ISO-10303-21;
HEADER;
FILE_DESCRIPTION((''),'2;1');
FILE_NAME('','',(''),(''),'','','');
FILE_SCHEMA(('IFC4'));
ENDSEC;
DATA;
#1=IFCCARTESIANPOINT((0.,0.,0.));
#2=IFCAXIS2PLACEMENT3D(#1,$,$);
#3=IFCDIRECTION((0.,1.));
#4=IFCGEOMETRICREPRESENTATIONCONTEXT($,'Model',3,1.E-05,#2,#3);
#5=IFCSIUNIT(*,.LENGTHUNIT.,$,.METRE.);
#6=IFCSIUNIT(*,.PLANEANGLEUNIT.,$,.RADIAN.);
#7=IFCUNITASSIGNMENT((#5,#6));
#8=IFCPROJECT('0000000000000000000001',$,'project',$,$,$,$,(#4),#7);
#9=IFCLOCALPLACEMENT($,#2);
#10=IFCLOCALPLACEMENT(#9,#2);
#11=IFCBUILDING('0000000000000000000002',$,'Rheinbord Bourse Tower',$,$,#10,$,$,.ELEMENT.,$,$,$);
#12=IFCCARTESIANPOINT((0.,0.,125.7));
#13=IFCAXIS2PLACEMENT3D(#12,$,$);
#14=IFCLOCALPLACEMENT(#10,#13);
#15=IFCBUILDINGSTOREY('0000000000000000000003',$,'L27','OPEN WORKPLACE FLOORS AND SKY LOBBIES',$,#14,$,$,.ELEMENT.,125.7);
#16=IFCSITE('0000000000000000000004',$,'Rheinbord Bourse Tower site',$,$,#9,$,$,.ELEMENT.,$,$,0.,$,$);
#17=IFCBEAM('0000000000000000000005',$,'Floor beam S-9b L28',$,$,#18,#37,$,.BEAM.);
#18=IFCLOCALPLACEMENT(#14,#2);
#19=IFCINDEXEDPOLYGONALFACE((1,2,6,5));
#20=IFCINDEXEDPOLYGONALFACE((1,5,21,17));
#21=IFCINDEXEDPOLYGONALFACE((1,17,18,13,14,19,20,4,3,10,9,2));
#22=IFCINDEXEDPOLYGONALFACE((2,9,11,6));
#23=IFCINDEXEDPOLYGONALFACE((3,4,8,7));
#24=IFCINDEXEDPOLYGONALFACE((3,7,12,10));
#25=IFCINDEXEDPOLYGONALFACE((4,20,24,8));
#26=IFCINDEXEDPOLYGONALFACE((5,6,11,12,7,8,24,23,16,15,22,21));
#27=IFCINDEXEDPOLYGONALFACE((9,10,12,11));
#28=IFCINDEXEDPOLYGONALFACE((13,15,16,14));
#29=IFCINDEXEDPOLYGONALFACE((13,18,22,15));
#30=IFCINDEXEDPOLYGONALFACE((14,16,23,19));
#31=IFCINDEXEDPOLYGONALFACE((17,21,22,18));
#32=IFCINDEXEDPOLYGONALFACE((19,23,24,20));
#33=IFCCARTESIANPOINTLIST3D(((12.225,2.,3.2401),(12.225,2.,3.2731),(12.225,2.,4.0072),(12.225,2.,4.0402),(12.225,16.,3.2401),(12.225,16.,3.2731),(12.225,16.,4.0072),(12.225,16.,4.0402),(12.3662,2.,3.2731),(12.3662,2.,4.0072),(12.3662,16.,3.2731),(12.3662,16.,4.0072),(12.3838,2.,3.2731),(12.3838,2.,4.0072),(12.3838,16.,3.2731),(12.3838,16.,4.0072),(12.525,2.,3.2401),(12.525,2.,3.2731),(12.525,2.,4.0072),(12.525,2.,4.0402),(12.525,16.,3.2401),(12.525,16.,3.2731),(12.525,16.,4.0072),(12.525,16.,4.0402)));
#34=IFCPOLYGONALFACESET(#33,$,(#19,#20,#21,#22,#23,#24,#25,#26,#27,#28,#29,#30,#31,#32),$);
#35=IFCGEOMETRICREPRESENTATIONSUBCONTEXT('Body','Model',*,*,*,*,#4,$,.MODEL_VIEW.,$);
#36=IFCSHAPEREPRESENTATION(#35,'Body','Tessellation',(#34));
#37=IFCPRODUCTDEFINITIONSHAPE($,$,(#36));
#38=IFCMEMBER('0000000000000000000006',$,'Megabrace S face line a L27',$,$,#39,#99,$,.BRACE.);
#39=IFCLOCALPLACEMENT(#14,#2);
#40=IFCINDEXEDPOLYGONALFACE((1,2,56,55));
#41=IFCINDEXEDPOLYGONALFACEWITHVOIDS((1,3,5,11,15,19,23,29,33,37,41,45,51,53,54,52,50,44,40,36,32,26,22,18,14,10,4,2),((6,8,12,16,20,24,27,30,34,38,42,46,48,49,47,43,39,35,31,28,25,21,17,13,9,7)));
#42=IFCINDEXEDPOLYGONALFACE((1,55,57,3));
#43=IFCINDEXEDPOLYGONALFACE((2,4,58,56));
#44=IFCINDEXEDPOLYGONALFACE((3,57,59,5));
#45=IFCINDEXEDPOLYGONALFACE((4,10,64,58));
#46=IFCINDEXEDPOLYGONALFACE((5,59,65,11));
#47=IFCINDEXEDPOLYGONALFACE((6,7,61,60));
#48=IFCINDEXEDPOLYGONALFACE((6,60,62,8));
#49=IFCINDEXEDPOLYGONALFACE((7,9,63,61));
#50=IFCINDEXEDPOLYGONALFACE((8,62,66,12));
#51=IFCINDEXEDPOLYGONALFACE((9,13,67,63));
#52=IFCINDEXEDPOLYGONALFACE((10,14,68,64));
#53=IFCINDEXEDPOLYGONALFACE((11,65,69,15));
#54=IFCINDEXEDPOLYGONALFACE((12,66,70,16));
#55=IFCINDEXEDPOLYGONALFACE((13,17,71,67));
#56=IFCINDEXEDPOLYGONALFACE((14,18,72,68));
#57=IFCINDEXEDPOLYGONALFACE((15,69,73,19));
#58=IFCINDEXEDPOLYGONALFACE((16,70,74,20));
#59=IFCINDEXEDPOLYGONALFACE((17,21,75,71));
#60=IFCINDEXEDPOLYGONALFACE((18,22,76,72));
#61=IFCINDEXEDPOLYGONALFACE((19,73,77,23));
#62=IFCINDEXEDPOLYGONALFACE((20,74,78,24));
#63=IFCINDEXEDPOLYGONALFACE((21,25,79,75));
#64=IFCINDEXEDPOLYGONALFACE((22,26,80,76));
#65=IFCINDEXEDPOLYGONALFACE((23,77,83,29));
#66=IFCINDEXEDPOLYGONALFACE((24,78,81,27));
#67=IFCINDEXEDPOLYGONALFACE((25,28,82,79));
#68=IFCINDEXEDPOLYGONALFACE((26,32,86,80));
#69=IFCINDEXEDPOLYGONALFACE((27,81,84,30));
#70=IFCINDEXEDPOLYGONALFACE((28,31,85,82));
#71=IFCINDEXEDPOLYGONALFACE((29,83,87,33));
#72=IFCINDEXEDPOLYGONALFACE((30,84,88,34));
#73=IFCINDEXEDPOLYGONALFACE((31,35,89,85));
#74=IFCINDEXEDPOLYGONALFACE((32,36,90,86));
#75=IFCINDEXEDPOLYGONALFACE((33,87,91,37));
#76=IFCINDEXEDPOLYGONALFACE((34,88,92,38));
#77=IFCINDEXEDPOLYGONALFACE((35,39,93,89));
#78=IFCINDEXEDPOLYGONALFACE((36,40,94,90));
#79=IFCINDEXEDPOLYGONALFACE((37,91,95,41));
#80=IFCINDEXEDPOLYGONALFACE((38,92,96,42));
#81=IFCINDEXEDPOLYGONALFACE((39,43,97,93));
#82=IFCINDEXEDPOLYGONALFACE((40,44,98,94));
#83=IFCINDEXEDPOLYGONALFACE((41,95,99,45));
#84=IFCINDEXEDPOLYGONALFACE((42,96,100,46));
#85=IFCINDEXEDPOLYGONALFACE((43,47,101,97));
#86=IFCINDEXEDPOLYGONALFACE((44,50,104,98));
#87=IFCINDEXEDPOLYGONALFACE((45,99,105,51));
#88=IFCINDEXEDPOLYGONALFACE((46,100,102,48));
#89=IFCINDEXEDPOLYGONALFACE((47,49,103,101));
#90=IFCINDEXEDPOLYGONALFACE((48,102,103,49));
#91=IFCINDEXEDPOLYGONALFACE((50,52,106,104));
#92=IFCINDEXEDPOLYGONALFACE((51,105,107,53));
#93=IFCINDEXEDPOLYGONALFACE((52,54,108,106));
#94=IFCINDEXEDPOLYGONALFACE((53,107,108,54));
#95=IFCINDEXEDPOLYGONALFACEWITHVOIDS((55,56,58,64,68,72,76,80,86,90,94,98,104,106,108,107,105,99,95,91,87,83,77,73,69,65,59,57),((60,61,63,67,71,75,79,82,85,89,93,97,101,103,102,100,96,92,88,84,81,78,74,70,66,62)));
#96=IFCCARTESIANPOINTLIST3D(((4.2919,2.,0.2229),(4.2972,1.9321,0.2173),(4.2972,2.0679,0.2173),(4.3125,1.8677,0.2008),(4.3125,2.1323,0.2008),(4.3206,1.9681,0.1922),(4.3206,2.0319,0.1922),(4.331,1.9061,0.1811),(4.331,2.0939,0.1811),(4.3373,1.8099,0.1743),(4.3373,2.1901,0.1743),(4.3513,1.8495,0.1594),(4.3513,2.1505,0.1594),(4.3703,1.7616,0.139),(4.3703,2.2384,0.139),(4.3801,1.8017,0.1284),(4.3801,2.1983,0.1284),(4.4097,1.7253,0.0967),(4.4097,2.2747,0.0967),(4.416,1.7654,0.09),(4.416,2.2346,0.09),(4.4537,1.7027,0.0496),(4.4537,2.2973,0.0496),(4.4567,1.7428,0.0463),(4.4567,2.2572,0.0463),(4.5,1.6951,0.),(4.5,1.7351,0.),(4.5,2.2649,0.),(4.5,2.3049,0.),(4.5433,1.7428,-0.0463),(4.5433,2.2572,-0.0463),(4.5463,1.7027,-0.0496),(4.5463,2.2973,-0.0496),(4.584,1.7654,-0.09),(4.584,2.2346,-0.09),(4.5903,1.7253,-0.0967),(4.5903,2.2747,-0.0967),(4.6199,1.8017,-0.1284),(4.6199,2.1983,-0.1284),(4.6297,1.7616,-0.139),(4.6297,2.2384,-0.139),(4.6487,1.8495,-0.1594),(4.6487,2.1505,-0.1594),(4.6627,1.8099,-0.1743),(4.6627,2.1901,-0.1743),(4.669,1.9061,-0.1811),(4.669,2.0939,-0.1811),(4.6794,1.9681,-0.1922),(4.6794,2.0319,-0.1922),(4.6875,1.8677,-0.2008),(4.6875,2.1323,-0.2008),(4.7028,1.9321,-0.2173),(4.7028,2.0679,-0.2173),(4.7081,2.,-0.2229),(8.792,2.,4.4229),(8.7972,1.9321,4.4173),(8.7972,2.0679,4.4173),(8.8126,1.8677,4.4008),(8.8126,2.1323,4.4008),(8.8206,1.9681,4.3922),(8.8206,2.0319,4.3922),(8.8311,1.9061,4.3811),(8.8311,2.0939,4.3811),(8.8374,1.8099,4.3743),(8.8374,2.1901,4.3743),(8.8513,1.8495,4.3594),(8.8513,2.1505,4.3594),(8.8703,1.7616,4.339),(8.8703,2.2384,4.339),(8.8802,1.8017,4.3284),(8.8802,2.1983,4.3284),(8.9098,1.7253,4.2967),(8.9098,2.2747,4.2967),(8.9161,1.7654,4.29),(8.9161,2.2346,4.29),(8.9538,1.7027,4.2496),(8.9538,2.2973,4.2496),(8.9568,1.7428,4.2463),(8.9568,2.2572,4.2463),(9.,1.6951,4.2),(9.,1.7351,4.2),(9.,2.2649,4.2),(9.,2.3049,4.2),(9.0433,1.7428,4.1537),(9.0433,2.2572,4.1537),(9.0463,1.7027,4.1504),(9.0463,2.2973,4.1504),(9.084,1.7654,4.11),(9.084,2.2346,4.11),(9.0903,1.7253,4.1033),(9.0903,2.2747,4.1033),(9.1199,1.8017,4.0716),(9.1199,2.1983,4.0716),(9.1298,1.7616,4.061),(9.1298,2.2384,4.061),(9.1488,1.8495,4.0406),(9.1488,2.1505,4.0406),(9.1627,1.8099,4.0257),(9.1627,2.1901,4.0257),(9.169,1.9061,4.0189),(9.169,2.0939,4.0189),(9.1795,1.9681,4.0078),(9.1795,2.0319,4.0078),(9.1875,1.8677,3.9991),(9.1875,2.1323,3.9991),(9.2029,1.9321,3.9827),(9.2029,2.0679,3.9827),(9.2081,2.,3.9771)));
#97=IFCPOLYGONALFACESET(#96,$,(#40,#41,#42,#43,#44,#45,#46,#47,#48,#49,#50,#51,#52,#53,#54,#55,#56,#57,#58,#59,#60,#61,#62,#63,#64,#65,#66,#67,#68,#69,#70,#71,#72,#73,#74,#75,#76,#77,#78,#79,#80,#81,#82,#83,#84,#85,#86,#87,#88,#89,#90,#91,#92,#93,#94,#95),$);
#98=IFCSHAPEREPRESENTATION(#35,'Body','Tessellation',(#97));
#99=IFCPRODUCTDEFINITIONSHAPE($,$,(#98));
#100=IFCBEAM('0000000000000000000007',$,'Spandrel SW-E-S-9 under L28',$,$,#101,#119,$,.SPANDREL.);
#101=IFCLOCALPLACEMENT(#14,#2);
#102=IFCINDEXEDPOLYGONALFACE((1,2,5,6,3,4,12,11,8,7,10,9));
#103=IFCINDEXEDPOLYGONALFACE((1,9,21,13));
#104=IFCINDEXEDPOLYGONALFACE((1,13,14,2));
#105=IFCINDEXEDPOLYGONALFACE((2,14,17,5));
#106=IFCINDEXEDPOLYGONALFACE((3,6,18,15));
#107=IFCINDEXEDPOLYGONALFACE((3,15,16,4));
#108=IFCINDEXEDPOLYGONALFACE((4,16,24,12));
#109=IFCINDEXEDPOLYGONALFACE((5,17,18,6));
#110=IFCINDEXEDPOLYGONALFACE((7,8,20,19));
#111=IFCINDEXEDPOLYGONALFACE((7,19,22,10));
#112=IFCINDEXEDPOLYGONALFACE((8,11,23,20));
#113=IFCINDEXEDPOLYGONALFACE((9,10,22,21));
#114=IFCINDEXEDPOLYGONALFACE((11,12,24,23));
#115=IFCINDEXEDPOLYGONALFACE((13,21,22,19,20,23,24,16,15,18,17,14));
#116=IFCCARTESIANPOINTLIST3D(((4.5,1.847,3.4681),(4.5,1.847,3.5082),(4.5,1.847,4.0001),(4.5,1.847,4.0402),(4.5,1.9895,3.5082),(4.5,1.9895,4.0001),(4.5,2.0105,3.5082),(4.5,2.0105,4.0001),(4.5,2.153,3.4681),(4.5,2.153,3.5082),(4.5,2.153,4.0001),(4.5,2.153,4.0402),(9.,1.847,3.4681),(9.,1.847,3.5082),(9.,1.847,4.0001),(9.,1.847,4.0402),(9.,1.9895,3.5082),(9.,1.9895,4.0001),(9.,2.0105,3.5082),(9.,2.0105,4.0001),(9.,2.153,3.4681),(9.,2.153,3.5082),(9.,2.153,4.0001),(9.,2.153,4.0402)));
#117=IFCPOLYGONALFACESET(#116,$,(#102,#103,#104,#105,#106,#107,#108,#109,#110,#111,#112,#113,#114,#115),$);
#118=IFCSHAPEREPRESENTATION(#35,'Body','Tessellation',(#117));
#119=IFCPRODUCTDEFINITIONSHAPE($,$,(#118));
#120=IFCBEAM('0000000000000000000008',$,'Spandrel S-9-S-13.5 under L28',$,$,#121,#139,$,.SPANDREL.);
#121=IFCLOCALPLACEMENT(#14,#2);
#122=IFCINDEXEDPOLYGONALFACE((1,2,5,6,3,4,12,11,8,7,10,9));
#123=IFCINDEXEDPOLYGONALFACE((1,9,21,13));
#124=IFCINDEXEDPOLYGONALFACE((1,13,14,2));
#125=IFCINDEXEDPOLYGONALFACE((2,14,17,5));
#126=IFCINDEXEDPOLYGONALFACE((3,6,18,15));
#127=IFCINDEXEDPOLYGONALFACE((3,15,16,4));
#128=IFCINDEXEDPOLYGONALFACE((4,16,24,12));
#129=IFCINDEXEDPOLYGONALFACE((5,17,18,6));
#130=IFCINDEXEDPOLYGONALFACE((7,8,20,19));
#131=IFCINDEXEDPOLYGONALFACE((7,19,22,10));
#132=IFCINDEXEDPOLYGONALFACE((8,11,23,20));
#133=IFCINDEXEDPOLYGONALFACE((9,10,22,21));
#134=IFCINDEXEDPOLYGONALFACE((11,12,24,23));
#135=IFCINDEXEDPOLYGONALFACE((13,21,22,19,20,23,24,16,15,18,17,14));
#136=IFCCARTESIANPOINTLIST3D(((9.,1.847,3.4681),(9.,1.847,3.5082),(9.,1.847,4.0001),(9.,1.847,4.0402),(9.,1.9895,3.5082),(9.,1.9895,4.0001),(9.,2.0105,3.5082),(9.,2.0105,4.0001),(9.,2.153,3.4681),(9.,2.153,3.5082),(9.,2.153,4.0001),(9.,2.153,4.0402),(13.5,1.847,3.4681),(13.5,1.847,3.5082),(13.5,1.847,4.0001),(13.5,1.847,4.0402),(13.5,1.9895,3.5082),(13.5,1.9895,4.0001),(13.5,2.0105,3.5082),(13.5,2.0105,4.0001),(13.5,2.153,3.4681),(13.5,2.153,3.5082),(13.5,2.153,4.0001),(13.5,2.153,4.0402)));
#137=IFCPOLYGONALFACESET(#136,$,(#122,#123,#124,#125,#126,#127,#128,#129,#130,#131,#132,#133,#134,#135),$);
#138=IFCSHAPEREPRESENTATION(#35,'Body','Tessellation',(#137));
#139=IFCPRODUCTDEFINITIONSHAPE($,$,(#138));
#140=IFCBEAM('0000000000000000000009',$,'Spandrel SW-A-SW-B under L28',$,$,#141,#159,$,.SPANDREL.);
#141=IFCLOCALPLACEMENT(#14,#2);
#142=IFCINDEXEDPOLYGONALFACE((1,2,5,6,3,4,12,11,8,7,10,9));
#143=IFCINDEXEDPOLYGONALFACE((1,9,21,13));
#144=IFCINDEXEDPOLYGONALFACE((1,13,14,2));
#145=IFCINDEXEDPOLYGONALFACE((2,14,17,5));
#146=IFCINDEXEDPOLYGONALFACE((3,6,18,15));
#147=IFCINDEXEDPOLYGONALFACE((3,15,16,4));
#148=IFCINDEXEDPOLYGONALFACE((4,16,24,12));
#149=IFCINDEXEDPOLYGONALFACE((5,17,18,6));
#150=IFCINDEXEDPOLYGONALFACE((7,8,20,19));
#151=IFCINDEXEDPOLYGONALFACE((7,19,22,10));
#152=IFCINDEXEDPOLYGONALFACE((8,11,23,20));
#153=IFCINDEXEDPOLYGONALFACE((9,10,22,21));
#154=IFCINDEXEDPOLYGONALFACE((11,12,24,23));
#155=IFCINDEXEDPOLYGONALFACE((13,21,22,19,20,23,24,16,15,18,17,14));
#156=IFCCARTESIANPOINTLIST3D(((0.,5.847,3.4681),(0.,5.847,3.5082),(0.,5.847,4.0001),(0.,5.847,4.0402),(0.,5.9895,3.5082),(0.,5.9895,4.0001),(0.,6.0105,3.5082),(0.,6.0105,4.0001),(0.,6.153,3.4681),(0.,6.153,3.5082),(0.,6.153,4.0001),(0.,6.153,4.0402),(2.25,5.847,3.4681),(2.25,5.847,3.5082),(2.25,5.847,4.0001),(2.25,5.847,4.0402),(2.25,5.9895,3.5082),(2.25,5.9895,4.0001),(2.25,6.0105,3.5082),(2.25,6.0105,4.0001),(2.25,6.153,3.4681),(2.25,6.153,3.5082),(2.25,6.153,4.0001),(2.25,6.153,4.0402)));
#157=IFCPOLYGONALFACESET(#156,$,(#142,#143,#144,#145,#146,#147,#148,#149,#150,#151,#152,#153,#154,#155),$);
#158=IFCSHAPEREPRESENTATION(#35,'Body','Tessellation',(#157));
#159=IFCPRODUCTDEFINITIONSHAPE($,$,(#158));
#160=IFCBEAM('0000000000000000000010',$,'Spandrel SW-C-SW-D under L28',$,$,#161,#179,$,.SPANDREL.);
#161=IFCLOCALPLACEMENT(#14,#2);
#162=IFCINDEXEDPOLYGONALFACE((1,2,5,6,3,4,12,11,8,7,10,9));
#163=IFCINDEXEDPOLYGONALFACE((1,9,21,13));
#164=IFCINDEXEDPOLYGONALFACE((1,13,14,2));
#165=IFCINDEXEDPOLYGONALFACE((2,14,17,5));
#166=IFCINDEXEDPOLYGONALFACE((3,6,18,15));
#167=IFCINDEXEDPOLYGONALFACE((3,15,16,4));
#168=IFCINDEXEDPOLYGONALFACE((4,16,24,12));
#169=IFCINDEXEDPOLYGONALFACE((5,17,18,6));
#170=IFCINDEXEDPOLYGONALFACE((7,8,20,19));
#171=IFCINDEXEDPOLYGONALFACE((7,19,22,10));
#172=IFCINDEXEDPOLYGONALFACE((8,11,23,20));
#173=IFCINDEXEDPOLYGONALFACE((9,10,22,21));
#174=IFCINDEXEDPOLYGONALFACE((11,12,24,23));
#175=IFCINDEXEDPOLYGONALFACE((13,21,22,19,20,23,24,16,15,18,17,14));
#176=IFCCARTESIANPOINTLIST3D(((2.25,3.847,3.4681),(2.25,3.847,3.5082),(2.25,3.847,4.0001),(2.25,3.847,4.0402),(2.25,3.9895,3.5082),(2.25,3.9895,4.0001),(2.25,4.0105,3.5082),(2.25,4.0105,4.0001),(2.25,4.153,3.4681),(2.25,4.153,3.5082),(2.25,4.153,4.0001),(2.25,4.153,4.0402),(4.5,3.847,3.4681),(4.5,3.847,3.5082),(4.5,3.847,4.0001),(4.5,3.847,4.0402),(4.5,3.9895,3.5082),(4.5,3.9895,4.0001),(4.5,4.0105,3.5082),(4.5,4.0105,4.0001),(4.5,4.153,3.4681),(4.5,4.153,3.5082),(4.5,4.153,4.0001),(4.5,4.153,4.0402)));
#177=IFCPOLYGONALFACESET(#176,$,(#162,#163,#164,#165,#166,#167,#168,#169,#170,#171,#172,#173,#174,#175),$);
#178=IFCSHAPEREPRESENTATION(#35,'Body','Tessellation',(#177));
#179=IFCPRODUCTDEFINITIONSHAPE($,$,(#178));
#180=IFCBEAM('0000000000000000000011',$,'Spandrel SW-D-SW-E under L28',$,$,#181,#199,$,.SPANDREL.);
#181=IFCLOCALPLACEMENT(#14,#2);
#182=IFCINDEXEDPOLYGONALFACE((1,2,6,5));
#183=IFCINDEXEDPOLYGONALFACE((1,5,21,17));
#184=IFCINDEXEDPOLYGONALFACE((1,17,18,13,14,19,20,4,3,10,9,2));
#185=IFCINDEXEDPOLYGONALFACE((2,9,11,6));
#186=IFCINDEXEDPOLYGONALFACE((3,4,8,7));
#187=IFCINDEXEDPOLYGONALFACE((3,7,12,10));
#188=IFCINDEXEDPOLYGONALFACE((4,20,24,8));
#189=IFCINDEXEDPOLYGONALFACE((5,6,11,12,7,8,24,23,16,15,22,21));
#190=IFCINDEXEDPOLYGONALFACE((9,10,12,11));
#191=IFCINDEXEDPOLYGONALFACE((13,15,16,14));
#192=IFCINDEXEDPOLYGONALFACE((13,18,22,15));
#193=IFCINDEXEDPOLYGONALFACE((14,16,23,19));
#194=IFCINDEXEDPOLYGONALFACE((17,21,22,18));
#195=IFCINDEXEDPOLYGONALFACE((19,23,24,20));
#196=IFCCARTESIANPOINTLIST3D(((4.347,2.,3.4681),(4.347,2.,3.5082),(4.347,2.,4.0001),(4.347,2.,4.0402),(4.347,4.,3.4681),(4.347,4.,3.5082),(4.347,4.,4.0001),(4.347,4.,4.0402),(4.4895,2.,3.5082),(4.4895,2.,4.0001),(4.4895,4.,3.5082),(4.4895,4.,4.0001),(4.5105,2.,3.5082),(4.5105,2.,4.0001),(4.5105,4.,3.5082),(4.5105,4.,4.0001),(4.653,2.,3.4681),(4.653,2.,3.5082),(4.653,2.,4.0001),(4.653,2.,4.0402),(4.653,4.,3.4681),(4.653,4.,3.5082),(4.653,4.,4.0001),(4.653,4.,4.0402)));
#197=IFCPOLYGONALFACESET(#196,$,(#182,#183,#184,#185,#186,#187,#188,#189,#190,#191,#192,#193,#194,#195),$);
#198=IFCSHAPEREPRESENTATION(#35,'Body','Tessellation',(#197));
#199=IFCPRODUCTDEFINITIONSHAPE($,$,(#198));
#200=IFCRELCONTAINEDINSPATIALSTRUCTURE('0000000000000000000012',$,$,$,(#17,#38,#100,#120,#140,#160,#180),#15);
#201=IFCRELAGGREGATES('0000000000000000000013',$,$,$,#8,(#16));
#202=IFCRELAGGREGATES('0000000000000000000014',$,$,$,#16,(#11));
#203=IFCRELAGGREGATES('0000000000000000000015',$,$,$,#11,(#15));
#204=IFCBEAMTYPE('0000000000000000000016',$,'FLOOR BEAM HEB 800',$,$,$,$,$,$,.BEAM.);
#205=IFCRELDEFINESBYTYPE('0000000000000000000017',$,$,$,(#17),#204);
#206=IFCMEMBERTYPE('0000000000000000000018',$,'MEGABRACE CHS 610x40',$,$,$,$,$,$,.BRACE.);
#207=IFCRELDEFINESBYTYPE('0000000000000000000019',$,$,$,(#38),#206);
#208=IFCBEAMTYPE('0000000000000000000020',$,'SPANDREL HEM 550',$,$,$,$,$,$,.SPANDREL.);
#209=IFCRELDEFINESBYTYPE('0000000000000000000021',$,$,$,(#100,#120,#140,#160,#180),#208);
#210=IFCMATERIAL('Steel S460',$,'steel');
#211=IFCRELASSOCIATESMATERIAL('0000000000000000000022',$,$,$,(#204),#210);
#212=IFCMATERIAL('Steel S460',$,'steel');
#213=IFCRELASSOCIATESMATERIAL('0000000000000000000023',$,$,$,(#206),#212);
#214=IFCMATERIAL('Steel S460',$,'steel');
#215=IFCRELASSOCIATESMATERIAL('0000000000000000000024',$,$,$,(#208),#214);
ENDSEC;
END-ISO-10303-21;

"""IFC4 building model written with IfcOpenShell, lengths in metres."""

from ifc_helpers import new_model, si_unit, direction, frame, origin, origin_2d, place, context, subcontext, project, spatial, hollow_circle, i_section, extrude, material, material_profile, profile_set, type_object, element, save


model = new_model("IFC4")

# Units and contexts
model_context = context("Model", 3, precision=1e-05, world=origin(), true_north=direction((0.0, 1.0)))
body_context = subcontext(model_context, "Body", "Model", "MODEL_VIEW")
ifc_project = project(units=[si_unit("LENGTHUNIT", "METRE"), si_unit("PLANEANGLEUNIT", "RADIAN")], contexts=[model_context])

# Site, building, storey
site_placement = place(None, origin())
site = spatial("IfcSite", under=ifc_project, at=site_placement, Name="Rheinbord Bourse Tower site", CompositionType="ELEMENT", RefElevation=0.0)
building_placement = place(site_placement, origin())
building = spatial("IfcBuilding", under=site, at=building_placement, Name="Rheinbord Bourse Tower", CompositionType="ELEMENT")
storey_placement = place(building_placement, frame((0.0, 0.0, 125.7)))
storey = spatial("IfcBuildingStorey", under=building, at=storey_placement, Name="L27", Description="OPEN WORKPLACE FLOORS AND SKY LOBBIES", CompositionType="ELEMENT", Elevation=125.7)

# Beam
ifc_material_1 = material(Name="Steel S460", Category="steel")
ifc_material_profile_1 = material_profile(ifc_material_1, i_section(OverallWidth=0.3, OverallDepth=0.8, WebThickness=0.0176, FlangeThickness=0.033, at=origin_2d()), Name="HEB 800")
ifc_profile_set_1 = profile_set([ifc_material_profile_1], Name="Steel S460")
beam_type_1 = type_object("IfcBeamType", Name="FLOOR BEAM HEB 800", PredefinedType="BEAM", material=ifc_profile_set_1)
for number, where, z_axis, x_axis, name in (
    (1, (12.375, 2.0, 3.6401), (0.0, 1.0, 0.0), (-1.0, 0.0, 0.0), "Floor beam S-9b L28"),
):
    element("IfcBeam", number, at=place(storey_placement, frame(where, z_axis=z_axis, x_axis=x_axis)), inside=storey, type_object=beam_type_1, Name=name, PredefinedType="BEAM", context=body_context, shape_type="SweptSolid", body=[
        extrude(i_section(OverallWidth=0.3, OverallDepth=0.8, WebThickness=0.0176, FlangeThickness=0.033, at=origin_2d()), origin(), (0.0, 0.0, 1.0), 14.0),
    ])

# Member
ifc_material_2 = material(Name="Steel S460", Category="steel")
ifc_material_profile_2 = material_profile(ifc_material_2, hollow_circle(Radius=0.3049, WallThickness=0.04, at=origin_2d()), Name="CHS 610x40")
ifc_profile_set_2 = profile_set([ifc_material_profile_2], Name="Steel S460")
member_type_1 = type_object("IfcMemberType", Name="MEGABRACE CHS 610x40", PredefinedType="BRACE", material=ifc_profile_set_2)
member_1_placement = place(storey_placement, frame((4.5, 2.0, 0.0), z_axis=(0.731059, 0.0, 0.682314), x_axis=(0.0, 1.0, 0.0)))
element("IfcMember", 2, at=member_1_placement, inside=storey, type_object=member_type_1, Name="Megabrace S face line a L27", PredefinedType="BRACE", context=body_context, shape_type="SweptSolid", body=[
    extrude(hollow_circle(Radius=0.3049, WallThickness=0.04, at=origin_2d()), origin(), (0.0, 0.0, 1.0), 6.1555),
])

# Beams
ifc_material_3 = material(Name="Steel S460", Category="steel")
ifc_material_profile_3 = material_profile(ifc_material_3, i_section(OverallWidth=0.3059, OverallDepth=0.572, WebThickness=0.021, FlangeThickness=0.04, at=origin_2d()), Name="HEM 550")
ifc_profile_set_3 = profile_set([ifc_material_profile_3], Name="Steel S460")
beam_type_2 = type_object("IfcBeamType", Name="SPANDREL HEM 550", PredefinedType="SPANDREL", material=ifc_profile_set_3)
for number, where, z_axis, x_axis, name in (
    (3, (4.5, 2.0, 3.7542), (1.0, 0.0, 0.0), (0.0, 1.0, 0.0), "Spandrel SW-E-S-9 under L28"),
    (4, (9.0, 2.0, 3.7542), (1.0, 0.0, 0.0), (0.0, 1.0, 0.0), "Spandrel S-9-S-13.5 under L28"),
):
    element("IfcBeam", number, at=place(storey_placement, frame(where, z_axis=z_axis, x_axis=x_axis)), inside=storey, type_object=beam_type_2, Name=name, PredefinedType="SPANDREL", context=body_context, shape_type="SweptSolid", body=[
        extrude(i_section(OverallWidth=0.3059, OverallDepth=0.572, WebThickness=0.021, FlangeThickness=0.04, at=origin_2d()), origin(), (0.0, 0.0, 1.0), 4.5),
    ])
for number, where, z_axis, x_axis, name in (
    (5, (0.0, 6.0, 3.7542), (1.0, 0.0, 0.0), (0.0, 1.0, 0.0), "Spandrel SW-A-SW-B under L28"),
    (6, (2.25, 4.0, 3.7542), (1.0, 0.0, 0.0), (0.0, 1.0, 0.0), "Spandrel SW-C-SW-D under L28"),
):
    element("IfcBeam", number, at=place(storey_placement, frame(where, z_axis=z_axis, x_axis=x_axis)), inside=storey, type_object=beam_type_2, Name=name, PredefinedType="SPANDREL", context=body_context, shape_type="SweptSolid", body=[
        extrude(i_section(OverallWidth=0.3059, OverallDepth=0.572, WebThickness=0.021, FlangeThickness=0.04, at=origin_2d()), origin(), (0.0, 0.0, 1.0), 2.25),
    ])
beam_placement = place(storey_placement, frame((4.5, 4.0, 3.7542), z_axis=(0.0, -1.0, 0.0), x_axis=(1.0, 0.0, 0.0)))
element("IfcBeam", 7, at=beam_placement, inside=storey, type_object=beam_type_2, Name="Spandrel SW-D-SW-E under L28", PredefinedType="SPANDREL", context=body_context, shape_type="SweptSolid", body=[
    extrude(i_section(OverallWidth=0.3059, OverallDepth=0.572, WebThickness=0.021, FlangeThickness=0.04, at=origin_2d()), origin(), (0.0, 0.0, 1.0), 2.0),
])

save(model, "model.ifc")
